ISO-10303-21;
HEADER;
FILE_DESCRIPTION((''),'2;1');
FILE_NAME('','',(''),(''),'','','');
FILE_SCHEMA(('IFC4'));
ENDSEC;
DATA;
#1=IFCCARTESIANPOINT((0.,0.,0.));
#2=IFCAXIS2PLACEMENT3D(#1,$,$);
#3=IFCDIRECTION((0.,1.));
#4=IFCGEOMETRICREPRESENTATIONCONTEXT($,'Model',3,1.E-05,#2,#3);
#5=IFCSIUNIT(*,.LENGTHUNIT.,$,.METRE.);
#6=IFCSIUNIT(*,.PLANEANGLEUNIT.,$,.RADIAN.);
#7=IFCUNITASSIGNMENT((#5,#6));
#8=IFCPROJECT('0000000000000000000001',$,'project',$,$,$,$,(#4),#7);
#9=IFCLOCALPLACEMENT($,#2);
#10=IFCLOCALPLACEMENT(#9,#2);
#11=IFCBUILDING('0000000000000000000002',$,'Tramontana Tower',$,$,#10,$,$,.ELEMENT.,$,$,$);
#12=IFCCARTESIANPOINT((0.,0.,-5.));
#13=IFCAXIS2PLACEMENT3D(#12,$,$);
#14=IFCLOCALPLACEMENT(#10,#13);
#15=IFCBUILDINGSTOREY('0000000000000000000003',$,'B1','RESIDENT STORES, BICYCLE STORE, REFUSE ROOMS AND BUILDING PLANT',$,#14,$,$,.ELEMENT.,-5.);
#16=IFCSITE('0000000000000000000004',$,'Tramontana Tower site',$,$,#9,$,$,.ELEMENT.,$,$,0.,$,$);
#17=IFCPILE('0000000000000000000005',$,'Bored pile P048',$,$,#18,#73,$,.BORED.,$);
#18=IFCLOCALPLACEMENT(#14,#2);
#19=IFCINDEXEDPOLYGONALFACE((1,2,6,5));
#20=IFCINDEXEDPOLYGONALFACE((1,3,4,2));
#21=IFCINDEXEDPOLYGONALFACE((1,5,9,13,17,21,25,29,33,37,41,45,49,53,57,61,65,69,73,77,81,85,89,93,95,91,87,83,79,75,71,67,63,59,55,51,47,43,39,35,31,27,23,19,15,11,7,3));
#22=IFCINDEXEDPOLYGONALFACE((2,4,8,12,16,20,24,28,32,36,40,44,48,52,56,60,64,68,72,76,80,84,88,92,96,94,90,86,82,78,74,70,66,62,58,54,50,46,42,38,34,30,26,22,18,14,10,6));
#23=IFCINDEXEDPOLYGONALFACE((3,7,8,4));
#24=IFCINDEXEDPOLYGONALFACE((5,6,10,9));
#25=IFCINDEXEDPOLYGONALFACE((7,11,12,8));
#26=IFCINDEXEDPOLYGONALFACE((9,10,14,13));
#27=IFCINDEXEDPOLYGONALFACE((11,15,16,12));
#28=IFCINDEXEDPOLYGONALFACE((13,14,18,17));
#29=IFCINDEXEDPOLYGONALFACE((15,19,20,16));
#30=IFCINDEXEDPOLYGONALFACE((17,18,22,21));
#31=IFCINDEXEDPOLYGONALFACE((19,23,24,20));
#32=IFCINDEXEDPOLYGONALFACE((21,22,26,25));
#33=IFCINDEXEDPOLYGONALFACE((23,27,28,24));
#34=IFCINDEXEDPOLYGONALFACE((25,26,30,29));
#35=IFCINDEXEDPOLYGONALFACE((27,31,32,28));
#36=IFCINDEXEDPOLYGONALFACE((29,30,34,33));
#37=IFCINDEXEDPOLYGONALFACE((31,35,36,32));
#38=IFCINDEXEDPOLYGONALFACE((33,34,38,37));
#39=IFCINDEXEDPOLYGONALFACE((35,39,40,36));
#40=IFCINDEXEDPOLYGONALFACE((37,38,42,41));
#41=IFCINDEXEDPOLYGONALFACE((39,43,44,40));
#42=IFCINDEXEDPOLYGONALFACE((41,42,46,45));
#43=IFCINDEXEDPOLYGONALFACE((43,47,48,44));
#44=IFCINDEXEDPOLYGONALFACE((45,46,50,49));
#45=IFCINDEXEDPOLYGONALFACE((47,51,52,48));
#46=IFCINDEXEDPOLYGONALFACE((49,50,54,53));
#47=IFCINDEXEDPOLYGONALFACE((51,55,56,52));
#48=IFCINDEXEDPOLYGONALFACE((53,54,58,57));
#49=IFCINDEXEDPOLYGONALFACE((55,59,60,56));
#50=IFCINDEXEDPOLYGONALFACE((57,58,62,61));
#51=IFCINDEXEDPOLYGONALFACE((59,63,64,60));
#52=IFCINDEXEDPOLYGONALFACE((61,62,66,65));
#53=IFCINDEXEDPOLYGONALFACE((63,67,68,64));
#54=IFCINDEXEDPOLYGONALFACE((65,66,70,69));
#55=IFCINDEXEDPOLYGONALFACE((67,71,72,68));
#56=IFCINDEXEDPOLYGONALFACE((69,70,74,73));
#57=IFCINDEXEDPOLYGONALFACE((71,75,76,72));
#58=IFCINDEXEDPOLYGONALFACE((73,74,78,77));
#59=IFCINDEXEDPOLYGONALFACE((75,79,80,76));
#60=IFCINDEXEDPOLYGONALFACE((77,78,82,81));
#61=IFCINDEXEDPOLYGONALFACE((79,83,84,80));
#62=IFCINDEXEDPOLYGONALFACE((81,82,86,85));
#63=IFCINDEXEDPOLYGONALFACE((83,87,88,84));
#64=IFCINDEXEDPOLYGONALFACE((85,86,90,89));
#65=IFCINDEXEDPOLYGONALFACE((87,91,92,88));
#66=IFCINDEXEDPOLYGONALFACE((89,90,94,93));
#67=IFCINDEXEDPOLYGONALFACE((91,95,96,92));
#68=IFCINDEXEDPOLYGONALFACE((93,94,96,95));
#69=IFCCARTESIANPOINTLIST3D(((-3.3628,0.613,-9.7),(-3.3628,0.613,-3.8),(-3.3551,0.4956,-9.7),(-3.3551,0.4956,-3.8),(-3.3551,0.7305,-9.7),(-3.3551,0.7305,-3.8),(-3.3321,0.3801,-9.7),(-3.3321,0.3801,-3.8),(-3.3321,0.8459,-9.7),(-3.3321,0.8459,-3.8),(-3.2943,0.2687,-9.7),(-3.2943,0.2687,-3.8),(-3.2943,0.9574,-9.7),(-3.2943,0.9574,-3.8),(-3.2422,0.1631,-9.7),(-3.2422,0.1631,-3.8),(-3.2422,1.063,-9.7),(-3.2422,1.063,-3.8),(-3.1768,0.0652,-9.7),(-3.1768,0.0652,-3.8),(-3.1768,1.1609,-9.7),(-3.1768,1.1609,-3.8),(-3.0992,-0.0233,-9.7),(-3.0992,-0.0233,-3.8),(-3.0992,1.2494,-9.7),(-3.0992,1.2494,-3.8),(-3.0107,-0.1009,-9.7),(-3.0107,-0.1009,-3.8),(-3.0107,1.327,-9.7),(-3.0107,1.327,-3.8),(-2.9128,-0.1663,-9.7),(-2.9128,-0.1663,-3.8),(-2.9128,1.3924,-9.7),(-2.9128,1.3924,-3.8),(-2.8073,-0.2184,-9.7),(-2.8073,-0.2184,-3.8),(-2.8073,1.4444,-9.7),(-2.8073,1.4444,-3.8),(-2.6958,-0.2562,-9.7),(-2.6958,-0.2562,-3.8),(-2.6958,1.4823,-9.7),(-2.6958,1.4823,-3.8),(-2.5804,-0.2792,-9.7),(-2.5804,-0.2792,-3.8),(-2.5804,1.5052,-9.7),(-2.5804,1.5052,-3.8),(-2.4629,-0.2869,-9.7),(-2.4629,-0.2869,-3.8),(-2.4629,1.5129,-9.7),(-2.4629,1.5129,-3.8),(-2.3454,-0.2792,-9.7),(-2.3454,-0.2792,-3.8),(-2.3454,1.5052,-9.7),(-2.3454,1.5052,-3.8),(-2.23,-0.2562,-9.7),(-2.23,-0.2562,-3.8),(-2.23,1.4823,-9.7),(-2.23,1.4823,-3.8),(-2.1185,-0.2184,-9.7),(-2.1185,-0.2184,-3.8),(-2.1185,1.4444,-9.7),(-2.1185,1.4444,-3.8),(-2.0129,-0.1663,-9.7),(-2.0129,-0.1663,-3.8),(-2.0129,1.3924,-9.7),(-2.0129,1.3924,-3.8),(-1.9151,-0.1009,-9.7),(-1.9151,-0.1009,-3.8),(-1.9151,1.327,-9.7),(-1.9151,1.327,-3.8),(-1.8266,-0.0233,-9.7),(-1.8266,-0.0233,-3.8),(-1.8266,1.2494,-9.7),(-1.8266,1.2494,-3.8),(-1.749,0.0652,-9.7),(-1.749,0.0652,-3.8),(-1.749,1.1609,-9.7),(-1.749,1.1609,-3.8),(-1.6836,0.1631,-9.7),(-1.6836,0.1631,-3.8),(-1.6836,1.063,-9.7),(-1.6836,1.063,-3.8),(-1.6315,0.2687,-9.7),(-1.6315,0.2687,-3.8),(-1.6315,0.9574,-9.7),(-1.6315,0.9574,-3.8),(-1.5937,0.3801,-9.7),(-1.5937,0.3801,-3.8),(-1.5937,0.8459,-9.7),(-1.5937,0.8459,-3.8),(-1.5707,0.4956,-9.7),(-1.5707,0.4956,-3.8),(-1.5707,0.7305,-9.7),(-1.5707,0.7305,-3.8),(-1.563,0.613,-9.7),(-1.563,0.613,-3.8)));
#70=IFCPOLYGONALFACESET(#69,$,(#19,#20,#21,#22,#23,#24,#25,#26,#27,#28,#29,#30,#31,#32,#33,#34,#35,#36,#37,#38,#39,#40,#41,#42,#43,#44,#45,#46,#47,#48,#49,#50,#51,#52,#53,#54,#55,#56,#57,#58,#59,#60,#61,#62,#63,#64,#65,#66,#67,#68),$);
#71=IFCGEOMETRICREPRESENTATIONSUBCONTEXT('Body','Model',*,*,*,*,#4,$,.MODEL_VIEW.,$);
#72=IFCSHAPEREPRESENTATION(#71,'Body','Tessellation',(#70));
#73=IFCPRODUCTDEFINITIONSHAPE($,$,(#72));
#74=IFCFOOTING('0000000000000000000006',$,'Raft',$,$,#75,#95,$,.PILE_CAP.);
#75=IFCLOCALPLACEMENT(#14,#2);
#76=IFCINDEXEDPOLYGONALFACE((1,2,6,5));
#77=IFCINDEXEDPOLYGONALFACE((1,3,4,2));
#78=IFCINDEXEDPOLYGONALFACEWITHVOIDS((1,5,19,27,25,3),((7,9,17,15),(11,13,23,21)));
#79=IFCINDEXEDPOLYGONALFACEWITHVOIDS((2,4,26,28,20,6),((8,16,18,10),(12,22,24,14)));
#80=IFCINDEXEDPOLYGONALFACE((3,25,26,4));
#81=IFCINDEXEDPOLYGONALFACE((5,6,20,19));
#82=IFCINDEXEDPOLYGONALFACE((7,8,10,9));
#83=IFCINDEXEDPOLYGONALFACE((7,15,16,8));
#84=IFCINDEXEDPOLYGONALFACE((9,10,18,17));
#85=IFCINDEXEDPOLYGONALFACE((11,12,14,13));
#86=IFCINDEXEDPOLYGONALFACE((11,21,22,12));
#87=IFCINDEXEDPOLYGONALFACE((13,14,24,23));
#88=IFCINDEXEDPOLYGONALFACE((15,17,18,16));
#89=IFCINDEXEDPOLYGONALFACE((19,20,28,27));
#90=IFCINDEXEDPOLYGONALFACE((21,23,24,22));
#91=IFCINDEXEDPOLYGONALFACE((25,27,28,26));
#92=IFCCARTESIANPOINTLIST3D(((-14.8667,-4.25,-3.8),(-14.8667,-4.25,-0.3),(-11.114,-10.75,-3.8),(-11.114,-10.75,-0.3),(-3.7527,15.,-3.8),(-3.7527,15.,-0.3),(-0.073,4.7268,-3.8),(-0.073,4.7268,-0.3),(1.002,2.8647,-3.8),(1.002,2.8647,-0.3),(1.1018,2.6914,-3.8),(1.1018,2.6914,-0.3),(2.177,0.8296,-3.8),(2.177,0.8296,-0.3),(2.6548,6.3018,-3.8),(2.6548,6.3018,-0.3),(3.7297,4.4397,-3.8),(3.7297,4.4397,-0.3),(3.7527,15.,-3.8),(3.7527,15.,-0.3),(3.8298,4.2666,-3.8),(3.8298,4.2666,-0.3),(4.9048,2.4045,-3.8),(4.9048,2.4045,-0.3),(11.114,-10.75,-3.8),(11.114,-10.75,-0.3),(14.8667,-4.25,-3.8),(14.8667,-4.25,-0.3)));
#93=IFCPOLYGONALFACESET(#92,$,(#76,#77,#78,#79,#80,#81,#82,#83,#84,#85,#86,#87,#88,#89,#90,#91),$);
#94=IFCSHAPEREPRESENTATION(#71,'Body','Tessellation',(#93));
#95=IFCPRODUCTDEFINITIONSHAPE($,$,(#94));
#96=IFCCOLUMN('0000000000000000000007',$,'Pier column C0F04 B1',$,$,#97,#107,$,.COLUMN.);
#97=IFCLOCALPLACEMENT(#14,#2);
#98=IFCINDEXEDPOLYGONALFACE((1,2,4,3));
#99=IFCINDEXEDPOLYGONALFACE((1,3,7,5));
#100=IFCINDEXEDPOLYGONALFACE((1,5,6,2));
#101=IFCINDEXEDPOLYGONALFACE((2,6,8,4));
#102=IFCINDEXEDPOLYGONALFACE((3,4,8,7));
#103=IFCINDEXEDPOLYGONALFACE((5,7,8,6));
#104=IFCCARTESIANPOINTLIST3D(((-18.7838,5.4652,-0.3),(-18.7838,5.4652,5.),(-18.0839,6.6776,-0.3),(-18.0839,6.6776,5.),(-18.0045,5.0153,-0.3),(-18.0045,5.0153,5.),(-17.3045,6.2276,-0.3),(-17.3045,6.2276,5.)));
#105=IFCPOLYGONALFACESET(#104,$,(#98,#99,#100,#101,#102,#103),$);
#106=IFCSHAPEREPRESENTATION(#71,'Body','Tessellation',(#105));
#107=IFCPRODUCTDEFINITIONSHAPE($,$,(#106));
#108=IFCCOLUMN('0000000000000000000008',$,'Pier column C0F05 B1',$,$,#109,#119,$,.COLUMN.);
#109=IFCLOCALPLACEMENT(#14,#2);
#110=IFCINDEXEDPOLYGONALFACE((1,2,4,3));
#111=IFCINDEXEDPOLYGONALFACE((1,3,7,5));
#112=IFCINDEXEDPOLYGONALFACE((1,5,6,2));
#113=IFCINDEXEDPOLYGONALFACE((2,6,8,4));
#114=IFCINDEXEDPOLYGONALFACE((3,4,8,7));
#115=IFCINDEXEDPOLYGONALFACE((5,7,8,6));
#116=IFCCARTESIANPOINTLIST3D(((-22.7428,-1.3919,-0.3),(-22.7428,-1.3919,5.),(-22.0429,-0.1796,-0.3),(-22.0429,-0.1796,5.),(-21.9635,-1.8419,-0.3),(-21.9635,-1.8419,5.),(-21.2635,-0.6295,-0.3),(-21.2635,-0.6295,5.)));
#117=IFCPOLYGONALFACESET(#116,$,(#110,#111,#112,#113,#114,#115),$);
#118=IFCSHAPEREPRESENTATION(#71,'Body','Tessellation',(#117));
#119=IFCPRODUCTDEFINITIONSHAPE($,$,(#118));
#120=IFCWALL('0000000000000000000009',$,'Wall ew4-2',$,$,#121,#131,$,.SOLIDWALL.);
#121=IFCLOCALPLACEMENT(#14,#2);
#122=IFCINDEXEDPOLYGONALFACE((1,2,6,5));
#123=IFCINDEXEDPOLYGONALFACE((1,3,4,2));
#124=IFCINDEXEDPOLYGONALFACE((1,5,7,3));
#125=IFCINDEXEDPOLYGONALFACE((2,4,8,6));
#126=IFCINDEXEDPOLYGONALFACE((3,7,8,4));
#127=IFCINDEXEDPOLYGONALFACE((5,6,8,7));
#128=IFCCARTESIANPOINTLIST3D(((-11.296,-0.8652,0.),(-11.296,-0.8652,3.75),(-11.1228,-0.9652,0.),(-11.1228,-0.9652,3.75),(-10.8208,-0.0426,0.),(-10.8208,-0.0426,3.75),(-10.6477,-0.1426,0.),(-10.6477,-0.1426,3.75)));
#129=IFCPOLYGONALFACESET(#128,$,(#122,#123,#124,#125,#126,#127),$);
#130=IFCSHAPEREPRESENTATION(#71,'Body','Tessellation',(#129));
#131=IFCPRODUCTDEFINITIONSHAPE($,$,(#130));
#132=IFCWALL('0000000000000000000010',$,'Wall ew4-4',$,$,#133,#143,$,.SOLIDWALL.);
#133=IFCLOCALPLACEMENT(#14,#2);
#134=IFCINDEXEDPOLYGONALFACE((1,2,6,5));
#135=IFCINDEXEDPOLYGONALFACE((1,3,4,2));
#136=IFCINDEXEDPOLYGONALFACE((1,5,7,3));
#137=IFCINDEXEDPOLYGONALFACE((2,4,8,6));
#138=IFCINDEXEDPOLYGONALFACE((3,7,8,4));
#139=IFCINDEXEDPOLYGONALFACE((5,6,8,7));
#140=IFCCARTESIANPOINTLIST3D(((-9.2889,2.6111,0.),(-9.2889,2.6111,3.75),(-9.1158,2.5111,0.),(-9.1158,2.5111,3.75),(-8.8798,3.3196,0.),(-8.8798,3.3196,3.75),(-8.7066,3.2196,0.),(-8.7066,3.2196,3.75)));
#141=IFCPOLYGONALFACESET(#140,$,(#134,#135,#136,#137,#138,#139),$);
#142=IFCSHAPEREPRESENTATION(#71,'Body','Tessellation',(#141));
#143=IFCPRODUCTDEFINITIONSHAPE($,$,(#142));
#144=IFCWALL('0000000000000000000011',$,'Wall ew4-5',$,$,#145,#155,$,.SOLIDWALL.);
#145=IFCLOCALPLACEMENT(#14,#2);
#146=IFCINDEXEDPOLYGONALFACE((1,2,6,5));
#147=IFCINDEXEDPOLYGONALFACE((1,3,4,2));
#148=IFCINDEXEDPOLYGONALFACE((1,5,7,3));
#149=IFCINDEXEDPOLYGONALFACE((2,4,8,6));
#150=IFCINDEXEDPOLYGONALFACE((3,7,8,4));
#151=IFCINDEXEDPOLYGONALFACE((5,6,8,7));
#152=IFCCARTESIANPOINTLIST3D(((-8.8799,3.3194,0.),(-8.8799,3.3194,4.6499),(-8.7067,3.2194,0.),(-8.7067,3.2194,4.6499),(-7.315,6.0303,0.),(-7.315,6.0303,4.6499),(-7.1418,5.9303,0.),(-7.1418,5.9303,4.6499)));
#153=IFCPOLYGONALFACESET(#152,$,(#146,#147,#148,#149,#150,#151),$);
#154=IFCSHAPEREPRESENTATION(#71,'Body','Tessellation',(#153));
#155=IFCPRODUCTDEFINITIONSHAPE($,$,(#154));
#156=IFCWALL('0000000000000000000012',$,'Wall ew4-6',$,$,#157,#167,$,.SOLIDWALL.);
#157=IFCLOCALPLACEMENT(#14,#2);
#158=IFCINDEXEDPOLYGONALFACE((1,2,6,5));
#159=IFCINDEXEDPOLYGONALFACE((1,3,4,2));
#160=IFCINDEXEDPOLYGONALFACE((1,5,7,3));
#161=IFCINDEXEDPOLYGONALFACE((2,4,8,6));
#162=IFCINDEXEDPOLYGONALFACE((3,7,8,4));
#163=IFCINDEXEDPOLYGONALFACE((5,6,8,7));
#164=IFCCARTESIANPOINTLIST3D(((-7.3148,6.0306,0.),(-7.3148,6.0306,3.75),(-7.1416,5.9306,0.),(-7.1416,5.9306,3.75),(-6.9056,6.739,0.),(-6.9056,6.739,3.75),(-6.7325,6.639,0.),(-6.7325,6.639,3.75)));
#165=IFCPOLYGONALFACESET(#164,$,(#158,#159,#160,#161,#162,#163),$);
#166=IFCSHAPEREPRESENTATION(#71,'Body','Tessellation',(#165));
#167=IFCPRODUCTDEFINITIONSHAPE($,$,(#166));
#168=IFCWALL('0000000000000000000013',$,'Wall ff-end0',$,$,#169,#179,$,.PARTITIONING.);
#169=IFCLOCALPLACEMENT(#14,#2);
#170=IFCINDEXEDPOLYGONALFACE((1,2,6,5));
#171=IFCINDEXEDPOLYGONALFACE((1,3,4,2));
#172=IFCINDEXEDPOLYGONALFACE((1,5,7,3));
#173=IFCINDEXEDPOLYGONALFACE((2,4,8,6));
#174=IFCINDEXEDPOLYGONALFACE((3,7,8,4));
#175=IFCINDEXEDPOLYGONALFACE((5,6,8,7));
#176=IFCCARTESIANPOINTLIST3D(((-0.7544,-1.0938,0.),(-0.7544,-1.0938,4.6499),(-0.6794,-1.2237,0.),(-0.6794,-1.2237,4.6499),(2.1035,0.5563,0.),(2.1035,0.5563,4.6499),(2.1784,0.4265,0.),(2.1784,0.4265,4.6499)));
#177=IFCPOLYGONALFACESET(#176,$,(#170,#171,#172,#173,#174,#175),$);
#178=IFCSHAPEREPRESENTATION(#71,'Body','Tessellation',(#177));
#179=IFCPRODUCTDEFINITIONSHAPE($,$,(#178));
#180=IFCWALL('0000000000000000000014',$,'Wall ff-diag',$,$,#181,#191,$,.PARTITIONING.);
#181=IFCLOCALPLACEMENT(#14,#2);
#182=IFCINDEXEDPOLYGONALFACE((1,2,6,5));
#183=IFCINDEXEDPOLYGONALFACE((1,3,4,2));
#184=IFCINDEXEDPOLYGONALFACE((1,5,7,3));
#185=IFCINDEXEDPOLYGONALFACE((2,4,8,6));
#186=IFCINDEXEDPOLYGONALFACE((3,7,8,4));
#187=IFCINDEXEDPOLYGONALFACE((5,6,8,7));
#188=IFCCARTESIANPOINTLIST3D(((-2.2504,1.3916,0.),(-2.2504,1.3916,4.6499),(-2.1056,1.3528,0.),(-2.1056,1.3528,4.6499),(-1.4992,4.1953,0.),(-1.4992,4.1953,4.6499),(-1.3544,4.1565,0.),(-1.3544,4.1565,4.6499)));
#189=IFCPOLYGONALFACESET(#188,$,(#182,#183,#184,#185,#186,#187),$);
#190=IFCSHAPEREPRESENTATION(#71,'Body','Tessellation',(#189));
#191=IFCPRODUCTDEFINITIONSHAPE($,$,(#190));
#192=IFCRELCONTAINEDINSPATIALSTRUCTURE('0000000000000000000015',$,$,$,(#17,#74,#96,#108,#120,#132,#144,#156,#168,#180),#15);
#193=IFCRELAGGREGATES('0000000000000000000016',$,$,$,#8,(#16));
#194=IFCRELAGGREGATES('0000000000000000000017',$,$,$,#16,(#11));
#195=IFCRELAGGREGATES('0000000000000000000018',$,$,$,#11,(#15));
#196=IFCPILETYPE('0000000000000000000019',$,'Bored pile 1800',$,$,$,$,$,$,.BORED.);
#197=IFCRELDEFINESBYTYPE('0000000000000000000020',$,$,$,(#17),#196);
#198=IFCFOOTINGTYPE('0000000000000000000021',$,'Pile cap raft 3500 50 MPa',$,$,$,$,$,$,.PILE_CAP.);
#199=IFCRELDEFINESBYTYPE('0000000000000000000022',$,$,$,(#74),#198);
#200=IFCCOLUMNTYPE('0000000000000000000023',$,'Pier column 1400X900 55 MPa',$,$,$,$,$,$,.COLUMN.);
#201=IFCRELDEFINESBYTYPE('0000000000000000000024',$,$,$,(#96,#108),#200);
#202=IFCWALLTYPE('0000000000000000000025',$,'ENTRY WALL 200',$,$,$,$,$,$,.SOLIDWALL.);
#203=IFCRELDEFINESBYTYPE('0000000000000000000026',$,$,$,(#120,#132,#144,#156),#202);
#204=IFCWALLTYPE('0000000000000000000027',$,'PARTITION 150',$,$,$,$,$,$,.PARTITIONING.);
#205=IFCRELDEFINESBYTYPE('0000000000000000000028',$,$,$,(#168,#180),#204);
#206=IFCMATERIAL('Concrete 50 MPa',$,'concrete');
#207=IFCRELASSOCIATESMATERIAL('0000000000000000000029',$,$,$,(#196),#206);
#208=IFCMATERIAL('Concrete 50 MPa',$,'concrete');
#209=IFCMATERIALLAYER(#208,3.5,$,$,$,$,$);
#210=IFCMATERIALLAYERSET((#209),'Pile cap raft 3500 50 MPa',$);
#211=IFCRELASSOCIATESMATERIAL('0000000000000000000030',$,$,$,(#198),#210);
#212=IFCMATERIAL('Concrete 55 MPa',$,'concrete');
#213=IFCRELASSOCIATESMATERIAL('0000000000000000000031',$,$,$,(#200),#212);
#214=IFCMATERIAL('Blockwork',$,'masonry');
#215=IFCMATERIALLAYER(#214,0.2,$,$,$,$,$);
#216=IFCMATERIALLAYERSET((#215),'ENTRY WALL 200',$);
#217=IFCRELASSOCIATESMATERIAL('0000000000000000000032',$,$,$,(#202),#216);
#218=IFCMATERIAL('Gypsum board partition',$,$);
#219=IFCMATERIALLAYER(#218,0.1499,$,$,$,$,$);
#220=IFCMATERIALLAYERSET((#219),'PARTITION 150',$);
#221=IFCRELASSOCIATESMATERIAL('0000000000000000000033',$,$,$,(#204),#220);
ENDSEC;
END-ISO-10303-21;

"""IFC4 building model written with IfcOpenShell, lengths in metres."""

from ifc_helpers import new_model, si_unit, direction, frame, frame_2d, origin, origin_2d, place, context, subcontext, project, spatial, polyline, rectangle, circle, outline, extrude, material, layer, layer_set, material_profile, profile_set, type_object, element, save


model = new_model("IFC4")

# Units and contexts
model_context = context("Model", 3, precision=1e-05, world=origin(), true_north=direction((0.0, 1.0)))
body_context = subcontext(model_context, "Body", "Model", "MODEL_VIEW")
ifc_project = project(units=[si_unit("LENGTHUNIT", "METRE"), si_unit("PLANEANGLEUNIT", "RADIAN")], contexts=[model_context])

# Site, building, storey
site_placement = place(None, origin())
site = spatial("IfcSite", under=ifc_project, at=site_placement, Name="Tramontana Tower site", CompositionType="ELEMENT", RefElevation=0.0)
building_placement = place(site_placement, origin())
building = spatial("IfcBuilding", under=site, at=building_placement, Name="Tramontana Tower", CompositionType="ELEMENT")
storey_placement = place(building_placement, frame((0.0, 0.0, -5.0)))
storey = spatial("IfcBuildingStorey", under=building, at=storey_placement, Name="B1", Description="RESIDENT STORES, BICYCLE STORE, REFUSE ROOMS AND BUILDING PLANT", CompositionType="ELEMENT", Elevation=-5.0)

# Pile
ifc_material_1 = material(Name="Concrete 50 MPa", Category="concrete")
ifc_material_profile_1 = material_profile(ifc_material_1, circle(Radius=0.8999, at=origin_2d()), Name="Bored pile 1800")
ifc_profile_set_1 = profile_set([ifc_material_profile_1], Name="Concrete 50 MPa")
pile_type = type_object("IfcPileType", Name="Bored pile 1800", PredefinedType="BORED", material=ifc_profile_set_1)
for number, where, z_axis, x_axis, name in (
    (1, (-2.4629, 0.613, -3.8), (0.0, 0.0, -1.0), (1.0, 0.0, 0.0), "Bored pile P048"),
):
    element("IfcPile", number, at=place(storey_placement, frame(where, z_axis=z_axis, x_axis=x_axis)), inside=storey, type_object=pile_type, Name=name, PredefinedType="BORED", context=body_context, shape_type="SweptSolid", body=[
        extrude(circle(Radius=0.8999, at=origin_2d()), origin(), (0.0, 0.0, 1.0), 5.8999),
    ])

# Footing
ifc_material_2 = material(Name="Concrete 50 MPa", Category="concrete")
ifc_layer_1 = layer(ifc_material_2, 3.5)
ifc_layer_set_1 = layer_set([ifc_layer_1], Name="Pile cap raft 3500 50 MPa")
footing_type = type_object("IfcFootingType", Name="Pile cap raft 3500 50 MPa", PredefinedType="PILE_CAP", material=ifc_layer_set_1)
footing_placement = place(storey_placement, frame((0.0, 0.0, -3.8)))
element("IfcFooting", 2, at=footing_placement, inside=storey, type_object=footing_type, Name="Raft", PredefinedType="PILE_CAP", context=body_context, shape_type="SweptSolid", body=[
    extrude(outline(polyline([(11.114, -10.75), (-11.114, -10.75), (-14.8667, -4.25), (-3.7527, 15.0), (3.7527, 15.0), (14.8667, -4.25), (11.114, -10.75)]), holes=[polyline([(2.177, 0.8296), (4.9048, 2.4045), (3.8298, 4.2666), (1.1018, 2.6914), (2.177, 0.8296)]), polyline([(1.002, 2.8647), (3.7297, 4.4397), (2.6548, 6.3018), (-0.073, 4.7268), (1.002, 2.8647)])]), origin(), (0.0, 0.0, 1.0), 3.5),
])

# Columns
ifc_material_3 = material(Name="Concrete 55 MPa", Category="concrete")
ifc_material_profile_2 = material_profile(ifc_material_3, rectangle(XDim=1.3999, YDim=0.8999, at=origin_2d()), Name="Pier column 1400X900 55 MPa")
ifc_profile_set_2 = profile_set([ifc_material_profile_2], Name="Concrete 55 MPa")
column_type = type_object("IfcColumnType", Name="Pier column 1400X900 55 MPa", PredefinedType="COLUMN", material=ifc_profile_set_2)
for number, where, z_axis, x_axis, name in (
    (3, (-18.0442, 5.8464, -0.3), (0.0, 0.0, 1.0), (-0.5, -0.866025, 0.0), "Pier column C0F04 B1"),
    (4, (-22.0032, -1.0107, -0.3), (0.0, 0.0, 1.0), (-0.5, -0.866025, 0.0), "Pier column C0F05 B1"),
):
    element("IfcColumn", number, at=place(storey_placement, frame(where, z_axis=z_axis, x_axis=x_axis)), inside=storey, type_object=column_type, Name=name, PredefinedType="COLUMN", context=body_context, shape_type="SweptSolid", body=[
        extrude(rectangle(XDim=1.3999, YDim=0.8999, at=origin_2d()), origin(), (0.0, 0.0, 1.0), 5.3),
    ])

# Wall
ifc_material_4 = material(Name="Blockwork", Category="masonry")
ifc_layer_2 = layer(ifc_material_4, 0.2)
ifc_layer_set_2 = layer_set([ifc_layer_2], Name="ENTRY WALL 200")
wall_type_1 = type_object("IfcWallType", Name="ENTRY WALL 200", PredefinedType="SOLIDWALL", material=ifc_layer_set_2)
wall_1_placement = place(storey_placement, frame((-11.2095, -0.9153, 0.0), z_axis=(0.0, 0.0, 1.0), x_axis=(0.500175, 0.865924, 0.0)))
element("IfcWall", 5, at=wall_1_placement, inside=storey, type_object=wall_type_1, Name="Wall ew4-2", PredefinedType="SOLIDWALL", context=body_context, shape_type="SweptSolid", body=[
    extrude(rectangle(XDim=0.95, YDim=0.2, at=frame_2d((0.4751, 0.0))), origin(), (0.0, 0.0, 1.0), 3.75),
])

# Walls
wall_2_placement = place(storey_placement, frame((-9.2024, 2.561, 0.0), z_axis=(0.0, 0.0, 1.0), x_axis=(0.500119, 0.865957, 0.0)))
element("IfcWall", 6, at=wall_2_placement, inside=storey, type_object=wall_type_1, Name="Wall ew4-4", PredefinedType="SOLIDWALL", context=body_context, shape_type="SweptSolid", body=[
    extrude(rectangle(XDim=0.8181, YDim=0.2, at=frame_2d((0.4092, 0.0))), origin(), (0.0, 0.0, 1.0), 3.75),
])
wall_3_placement = place(storey_placement, frame((-8.7932, 3.2695, 0.0), z_axis=(0.0, 0.0, 1.0), x_axis=(0.499948, 0.866056, 0.0)))
element("IfcWall", 7, at=wall_3_placement, inside=storey, type_object=wall_type_1, Name="Wall ew4-5", PredefinedType="SOLIDWALL", context=body_context, shape_type="SweptSolid", body=[
    extrude(rectangle(XDim=3.1301, YDim=0.2, at=frame_2d((1.5649, 0.0))), origin(), (0.0, 0.0, 1.0), 4.6499),
])
wall_4_placement = place(storey_placement, frame((-7.2283, 5.9805, 0.0), z_axis=(0.0, 0.0, 1.0), x_axis=(0.500119, 0.865957, 0.0)))
element("IfcWall", 8, at=wall_4_placement, inside=storey, type_object=wall_type_1, Name="Wall ew4-6", PredefinedType="SOLIDWALL", context=body_context, shape_type="SweptSolid", body=[
    extrude(rectangle(XDim=0.8181, YDim=0.2, at=frame_2d((0.4092, 0.0))), origin(), (0.0, 0.0, 1.0), 3.75),
])

# Shared definitions
ifc_material_5 = material(Name="Gypsum board partition")
ifc_layer_3 = layer(ifc_material_5, 0.1499)
ifc_layer_set_3 = layer_set([ifc_layer_3], Name="PARTITION 150")
wall_type_2 = type_object("IfcWallType", Name="PARTITION 150", PredefinedType="PARTITIONING", material=ifc_layer_set_3)

# Walls
wall_5_placement = place(storey_placement, frame((-0.7168, -1.1587, 0.0), z_axis=(0.0, 0.0, 1.0), x_axis=(0.866008, 0.50003, 0.0)))
element("IfcWall", 9, at=wall_5_placement, inside=storey, type_object=wall_type_2, Name="Wall ff-end0", PredefinedType="PARTITIONING", context=body_context, shape_type="SweptSolid", body=[
    extrude(rectangle(XDim=3.3, YDim=0.1499, at=frame_2d((1.6499, 0.0))), origin(), (0.0, 0.0, 1.0), 4.6499),
])
wall_6_placement = place(storey_placement, frame((-2.178, 1.3723, 0.0), z_axis=(0.0, 0.0, 1.0), x_axis=(0.258809, 0.965929, 0.0)))
element("IfcWall", 10, at=wall_6_placement, inside=storey, type_object=wall_type_2, Name="Wall ff-diag", PredefinedType="PARTITIONING", context=body_context, shape_type="SweptSolid", body=[
    extrude(rectangle(XDim=2.9026, YDim=0.1499, at=frame_2d((1.4512, 0.0))), origin(), (0.0, 0.0, 1.0), 4.6499),
])

save(model, "model.ifc")
